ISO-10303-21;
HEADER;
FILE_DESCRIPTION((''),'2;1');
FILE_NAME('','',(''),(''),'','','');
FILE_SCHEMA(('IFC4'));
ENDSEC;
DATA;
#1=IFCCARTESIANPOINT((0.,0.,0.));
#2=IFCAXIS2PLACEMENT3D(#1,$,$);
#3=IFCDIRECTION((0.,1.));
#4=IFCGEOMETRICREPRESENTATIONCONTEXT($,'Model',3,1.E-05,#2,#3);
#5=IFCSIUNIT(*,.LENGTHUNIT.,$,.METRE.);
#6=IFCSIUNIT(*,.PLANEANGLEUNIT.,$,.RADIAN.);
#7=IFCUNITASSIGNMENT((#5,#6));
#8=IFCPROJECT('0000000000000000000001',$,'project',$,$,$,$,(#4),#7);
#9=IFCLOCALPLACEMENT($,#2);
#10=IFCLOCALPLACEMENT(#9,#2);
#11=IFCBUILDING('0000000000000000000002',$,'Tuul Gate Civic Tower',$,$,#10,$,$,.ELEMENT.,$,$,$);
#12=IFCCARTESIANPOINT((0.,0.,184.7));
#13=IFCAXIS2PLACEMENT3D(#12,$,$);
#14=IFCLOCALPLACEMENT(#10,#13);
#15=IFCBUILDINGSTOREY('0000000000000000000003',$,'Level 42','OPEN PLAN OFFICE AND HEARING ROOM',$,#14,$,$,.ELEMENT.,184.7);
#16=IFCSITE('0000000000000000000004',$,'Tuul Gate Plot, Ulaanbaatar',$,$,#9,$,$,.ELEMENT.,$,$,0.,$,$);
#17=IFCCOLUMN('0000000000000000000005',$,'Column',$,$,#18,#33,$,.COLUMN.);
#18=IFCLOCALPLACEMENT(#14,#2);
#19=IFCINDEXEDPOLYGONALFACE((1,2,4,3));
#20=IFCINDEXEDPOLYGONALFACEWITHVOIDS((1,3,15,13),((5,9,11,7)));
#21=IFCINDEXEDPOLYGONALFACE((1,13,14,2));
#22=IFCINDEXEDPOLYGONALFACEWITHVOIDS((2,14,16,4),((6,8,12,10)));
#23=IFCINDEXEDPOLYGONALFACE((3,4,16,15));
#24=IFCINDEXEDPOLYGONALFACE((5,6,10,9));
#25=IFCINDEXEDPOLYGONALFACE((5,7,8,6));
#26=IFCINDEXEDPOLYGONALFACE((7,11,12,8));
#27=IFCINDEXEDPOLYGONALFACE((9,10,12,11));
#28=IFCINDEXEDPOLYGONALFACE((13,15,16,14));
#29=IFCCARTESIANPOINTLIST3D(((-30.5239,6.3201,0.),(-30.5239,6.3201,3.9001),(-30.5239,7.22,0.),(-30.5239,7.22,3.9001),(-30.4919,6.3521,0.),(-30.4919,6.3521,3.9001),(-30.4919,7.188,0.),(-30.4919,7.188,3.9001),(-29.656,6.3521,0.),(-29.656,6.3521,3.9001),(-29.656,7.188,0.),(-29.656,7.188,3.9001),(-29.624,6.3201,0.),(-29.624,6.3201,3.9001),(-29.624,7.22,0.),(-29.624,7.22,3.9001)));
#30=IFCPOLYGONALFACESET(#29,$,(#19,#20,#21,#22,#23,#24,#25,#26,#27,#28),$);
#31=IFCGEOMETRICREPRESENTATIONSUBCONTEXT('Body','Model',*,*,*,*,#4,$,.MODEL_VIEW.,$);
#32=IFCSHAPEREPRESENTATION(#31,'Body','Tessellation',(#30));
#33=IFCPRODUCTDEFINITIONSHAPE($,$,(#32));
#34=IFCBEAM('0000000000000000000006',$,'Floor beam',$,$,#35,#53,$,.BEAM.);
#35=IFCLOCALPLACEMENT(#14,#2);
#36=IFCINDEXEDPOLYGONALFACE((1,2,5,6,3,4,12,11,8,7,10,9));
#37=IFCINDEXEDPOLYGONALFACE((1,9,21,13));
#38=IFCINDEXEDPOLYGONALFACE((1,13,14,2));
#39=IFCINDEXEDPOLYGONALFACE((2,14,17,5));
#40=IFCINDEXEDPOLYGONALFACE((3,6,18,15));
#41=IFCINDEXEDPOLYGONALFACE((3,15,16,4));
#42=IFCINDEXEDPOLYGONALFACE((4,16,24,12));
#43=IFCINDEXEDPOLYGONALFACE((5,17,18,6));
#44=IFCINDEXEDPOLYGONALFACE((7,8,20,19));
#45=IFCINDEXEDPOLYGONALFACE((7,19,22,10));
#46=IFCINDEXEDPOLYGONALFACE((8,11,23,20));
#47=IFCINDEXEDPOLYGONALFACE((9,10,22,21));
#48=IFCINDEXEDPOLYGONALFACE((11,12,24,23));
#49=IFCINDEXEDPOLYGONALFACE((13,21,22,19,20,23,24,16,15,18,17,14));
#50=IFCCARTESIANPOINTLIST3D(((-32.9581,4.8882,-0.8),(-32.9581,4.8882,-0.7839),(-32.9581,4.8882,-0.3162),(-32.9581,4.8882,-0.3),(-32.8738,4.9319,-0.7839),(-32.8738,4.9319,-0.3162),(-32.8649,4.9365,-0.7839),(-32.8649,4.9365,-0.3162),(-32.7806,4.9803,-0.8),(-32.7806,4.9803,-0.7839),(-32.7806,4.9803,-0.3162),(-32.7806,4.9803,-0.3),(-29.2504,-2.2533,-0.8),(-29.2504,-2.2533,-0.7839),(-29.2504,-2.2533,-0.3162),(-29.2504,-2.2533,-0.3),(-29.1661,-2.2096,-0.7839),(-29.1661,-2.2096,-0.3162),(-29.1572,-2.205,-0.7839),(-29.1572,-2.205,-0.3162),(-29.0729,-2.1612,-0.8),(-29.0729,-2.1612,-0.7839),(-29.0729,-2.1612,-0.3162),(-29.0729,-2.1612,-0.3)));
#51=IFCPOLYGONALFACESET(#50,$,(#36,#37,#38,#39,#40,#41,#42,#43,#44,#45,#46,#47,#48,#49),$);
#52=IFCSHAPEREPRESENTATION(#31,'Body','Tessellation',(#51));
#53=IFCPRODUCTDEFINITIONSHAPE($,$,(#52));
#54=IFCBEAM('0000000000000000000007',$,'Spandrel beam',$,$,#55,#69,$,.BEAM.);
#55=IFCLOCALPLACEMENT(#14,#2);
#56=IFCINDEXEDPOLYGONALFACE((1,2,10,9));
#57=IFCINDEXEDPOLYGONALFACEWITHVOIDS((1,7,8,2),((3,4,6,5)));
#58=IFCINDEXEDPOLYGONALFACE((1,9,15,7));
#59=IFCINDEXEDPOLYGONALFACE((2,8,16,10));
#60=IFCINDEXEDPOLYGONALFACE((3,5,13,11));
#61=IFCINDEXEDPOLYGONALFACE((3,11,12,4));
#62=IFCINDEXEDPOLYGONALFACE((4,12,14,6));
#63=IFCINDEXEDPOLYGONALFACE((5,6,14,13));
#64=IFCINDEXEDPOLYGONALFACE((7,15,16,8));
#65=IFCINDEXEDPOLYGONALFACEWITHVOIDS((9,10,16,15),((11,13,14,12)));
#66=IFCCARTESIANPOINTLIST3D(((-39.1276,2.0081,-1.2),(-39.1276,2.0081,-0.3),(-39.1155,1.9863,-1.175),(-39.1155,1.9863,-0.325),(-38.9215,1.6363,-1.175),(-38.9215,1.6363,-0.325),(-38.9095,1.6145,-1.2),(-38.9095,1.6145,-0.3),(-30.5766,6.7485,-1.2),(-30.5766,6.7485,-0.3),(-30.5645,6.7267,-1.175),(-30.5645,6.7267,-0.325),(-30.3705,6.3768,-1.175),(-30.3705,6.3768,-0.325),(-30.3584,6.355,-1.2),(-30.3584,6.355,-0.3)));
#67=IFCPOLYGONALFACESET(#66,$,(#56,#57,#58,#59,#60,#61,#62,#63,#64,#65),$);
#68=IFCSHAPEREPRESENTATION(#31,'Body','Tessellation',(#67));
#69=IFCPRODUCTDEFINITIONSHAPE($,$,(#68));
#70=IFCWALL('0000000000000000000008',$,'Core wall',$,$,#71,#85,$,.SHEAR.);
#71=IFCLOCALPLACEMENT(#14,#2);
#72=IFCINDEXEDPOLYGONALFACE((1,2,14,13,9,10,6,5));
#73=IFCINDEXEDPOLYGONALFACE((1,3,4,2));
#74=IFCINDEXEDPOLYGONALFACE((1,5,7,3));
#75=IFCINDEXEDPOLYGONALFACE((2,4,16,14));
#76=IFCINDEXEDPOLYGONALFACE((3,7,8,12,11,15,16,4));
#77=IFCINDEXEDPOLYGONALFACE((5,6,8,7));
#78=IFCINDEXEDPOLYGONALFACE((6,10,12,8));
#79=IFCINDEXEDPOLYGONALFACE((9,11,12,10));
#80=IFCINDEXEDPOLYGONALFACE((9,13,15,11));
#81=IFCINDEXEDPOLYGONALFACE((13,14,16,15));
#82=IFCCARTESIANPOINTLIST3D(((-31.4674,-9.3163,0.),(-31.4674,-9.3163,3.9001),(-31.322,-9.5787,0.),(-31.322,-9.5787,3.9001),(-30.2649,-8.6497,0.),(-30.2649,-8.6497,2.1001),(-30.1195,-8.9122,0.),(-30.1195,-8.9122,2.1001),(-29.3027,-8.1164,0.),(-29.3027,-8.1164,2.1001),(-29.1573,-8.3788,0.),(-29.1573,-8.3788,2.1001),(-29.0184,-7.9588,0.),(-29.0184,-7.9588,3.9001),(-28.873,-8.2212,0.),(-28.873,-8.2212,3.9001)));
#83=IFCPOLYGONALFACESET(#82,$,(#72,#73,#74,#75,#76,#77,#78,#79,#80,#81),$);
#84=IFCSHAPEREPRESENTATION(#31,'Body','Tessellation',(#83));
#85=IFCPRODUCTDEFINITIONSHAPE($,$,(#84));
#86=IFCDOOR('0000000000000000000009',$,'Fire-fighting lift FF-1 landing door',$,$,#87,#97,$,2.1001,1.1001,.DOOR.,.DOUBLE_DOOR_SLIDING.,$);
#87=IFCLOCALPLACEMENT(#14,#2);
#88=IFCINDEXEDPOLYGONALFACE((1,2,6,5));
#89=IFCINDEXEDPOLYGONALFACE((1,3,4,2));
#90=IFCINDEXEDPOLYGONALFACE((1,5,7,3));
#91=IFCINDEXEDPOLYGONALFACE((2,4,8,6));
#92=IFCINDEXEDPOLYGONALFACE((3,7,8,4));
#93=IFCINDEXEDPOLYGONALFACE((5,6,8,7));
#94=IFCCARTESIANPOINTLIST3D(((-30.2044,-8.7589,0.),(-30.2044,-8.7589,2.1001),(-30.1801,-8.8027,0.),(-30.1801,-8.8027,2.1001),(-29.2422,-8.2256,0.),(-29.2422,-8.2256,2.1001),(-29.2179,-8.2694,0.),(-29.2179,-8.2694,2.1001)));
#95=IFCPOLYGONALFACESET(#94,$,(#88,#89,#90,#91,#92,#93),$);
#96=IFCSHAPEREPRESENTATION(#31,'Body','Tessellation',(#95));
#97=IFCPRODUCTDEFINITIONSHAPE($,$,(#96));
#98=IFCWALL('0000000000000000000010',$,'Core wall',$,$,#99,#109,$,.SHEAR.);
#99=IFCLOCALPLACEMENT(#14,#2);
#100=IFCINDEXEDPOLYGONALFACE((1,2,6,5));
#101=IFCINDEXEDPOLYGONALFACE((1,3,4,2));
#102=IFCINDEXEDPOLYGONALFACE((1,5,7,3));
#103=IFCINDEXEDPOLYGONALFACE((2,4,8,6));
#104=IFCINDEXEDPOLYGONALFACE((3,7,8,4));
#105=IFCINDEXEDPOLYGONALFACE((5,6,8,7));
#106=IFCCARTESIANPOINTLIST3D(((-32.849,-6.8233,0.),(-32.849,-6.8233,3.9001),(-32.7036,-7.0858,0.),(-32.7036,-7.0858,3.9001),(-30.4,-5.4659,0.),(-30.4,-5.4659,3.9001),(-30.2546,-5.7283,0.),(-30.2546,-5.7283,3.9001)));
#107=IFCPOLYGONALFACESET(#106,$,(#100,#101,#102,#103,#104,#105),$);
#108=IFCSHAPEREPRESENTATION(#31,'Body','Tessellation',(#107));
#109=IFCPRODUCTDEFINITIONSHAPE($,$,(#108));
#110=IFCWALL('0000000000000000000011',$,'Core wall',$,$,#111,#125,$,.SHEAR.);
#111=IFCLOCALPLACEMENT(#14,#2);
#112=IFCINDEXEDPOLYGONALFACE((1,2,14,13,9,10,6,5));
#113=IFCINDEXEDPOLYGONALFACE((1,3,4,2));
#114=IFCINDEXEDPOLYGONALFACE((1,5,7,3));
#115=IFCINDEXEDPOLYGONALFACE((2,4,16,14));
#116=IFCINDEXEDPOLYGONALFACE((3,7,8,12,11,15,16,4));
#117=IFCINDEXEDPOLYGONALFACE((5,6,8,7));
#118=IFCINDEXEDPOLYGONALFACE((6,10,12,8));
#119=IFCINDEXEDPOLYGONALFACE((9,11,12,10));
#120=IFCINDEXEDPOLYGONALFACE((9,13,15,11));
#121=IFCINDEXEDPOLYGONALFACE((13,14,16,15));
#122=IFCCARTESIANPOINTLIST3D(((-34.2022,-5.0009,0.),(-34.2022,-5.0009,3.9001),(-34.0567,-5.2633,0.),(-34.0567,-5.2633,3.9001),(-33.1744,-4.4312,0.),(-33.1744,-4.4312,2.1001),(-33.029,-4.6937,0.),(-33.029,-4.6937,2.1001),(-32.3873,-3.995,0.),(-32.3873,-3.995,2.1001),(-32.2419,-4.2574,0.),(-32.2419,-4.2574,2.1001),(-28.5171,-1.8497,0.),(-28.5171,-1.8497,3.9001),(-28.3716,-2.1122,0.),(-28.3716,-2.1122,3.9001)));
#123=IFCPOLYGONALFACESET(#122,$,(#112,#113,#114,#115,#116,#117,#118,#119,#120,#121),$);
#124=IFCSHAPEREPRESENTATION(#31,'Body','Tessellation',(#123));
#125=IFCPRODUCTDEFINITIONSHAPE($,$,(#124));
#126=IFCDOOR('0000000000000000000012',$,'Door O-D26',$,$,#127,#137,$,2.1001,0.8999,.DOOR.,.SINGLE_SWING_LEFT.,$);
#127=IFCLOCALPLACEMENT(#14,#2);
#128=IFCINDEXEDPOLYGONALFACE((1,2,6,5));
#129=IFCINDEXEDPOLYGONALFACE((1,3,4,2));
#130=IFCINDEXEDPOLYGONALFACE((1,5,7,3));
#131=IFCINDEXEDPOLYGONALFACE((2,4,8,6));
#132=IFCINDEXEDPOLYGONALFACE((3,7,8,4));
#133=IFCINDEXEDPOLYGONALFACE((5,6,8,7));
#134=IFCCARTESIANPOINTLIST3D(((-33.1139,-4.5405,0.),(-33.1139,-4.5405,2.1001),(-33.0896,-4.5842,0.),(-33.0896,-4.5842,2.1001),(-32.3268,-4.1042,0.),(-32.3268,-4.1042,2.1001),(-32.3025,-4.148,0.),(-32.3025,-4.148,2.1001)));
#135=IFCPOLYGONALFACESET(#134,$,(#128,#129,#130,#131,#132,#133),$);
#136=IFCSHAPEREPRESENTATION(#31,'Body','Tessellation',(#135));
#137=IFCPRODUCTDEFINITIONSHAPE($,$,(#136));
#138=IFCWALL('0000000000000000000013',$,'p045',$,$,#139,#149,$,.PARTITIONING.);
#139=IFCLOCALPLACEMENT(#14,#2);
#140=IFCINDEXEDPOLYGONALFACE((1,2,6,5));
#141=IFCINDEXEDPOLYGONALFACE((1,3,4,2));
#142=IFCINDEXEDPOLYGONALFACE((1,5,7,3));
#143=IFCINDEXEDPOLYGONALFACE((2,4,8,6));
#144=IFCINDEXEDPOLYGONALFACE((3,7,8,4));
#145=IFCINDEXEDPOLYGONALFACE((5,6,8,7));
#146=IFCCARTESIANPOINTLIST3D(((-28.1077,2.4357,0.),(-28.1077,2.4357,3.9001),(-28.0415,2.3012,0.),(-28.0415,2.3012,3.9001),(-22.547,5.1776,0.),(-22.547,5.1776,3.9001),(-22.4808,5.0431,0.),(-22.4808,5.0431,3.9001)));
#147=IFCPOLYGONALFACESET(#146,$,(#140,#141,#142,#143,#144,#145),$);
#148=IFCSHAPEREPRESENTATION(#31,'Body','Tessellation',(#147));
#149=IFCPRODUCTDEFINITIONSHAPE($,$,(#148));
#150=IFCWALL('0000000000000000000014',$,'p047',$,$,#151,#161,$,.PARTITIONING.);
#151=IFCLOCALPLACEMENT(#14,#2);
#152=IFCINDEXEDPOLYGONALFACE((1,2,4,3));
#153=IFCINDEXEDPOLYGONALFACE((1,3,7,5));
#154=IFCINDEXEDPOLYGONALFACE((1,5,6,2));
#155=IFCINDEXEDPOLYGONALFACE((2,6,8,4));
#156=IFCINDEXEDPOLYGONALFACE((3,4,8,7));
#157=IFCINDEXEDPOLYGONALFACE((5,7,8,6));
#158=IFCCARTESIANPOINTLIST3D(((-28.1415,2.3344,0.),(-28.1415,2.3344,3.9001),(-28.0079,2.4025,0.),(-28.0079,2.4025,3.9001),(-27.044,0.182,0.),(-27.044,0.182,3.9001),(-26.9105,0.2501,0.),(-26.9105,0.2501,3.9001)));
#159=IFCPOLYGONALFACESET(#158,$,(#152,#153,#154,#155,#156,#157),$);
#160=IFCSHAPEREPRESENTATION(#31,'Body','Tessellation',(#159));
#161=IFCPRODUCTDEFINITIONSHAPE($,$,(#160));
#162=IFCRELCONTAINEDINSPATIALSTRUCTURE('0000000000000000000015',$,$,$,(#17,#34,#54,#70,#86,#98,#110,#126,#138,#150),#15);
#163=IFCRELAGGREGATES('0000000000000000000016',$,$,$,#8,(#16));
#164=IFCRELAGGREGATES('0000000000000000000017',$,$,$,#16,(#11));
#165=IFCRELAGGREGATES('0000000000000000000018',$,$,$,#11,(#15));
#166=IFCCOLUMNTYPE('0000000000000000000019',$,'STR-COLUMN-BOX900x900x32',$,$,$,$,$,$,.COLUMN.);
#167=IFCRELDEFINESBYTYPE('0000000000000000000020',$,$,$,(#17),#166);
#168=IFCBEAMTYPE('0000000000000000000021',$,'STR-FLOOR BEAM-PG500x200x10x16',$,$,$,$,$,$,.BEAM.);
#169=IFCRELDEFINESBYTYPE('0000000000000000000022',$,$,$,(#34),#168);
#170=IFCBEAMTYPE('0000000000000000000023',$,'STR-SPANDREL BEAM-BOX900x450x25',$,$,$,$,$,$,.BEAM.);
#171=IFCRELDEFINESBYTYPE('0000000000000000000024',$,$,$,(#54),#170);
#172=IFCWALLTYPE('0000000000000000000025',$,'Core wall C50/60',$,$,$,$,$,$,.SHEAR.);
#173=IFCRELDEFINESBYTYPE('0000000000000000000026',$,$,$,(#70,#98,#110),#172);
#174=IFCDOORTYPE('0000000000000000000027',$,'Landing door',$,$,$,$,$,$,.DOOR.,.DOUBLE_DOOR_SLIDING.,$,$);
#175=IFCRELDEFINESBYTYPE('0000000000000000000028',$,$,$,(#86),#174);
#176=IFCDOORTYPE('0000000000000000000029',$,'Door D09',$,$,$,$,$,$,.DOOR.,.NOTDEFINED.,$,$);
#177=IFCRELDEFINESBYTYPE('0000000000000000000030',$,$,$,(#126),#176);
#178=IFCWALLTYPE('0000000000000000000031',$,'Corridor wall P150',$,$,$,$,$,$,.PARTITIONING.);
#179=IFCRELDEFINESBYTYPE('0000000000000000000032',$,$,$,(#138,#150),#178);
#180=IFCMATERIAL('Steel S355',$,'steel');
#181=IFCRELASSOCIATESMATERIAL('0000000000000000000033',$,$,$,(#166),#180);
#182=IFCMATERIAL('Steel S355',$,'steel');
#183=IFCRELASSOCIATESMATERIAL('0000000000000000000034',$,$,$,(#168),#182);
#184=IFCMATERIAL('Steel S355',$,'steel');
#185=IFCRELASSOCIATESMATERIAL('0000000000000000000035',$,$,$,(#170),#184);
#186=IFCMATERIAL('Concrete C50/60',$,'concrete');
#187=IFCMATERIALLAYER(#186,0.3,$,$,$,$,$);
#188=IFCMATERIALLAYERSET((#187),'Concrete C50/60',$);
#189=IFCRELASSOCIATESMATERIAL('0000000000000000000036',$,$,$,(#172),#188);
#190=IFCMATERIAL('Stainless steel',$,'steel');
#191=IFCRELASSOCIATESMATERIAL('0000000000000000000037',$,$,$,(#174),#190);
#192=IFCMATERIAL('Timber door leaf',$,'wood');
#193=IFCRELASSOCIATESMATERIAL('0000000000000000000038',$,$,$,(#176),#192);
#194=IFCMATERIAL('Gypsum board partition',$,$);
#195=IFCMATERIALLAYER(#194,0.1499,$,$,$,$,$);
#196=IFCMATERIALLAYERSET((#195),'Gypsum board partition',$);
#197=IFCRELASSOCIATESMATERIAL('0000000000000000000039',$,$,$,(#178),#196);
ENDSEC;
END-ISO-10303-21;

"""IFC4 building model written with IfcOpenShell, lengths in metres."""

from ifc_helpers import new_model, si_unit, direction, frame, frame_2d, origin, origin_2d, place, context, subcontext, project, spatial, rectangle, hollow_rectangle, i_section, extrude, material, layer, layer_set, material_profile, profile_set, type_object, element, fill, save


model = new_model("IFC4")

# Units and contexts
model_context = context("Model", 3, precision=1e-05, world=origin(), true_north=direction((0.0, 1.0)))
body_context = subcontext(model_context, "Body", "Model", "MODEL_VIEW")
ifc_project = project(units=[si_unit("LENGTHUNIT", "METRE"), si_unit("PLANEANGLEUNIT", "RADIAN")], contexts=[model_context])

# Site, building, storey
site_placement = place(None, origin())
site = spatial("IfcSite", under=ifc_project, at=site_placement, Name="Tuul Gate Plot, Ulaanbaatar", CompositionType="ELEMENT", RefElevation=0.0)
building_placement = place(site_placement, origin())
building = spatial("IfcBuilding", under=site, at=building_placement, Name="Tuul Gate Civic Tower", CompositionType="ELEMENT")
storey_placement = place(building_placement, frame((0.0, 0.0, 184.7)))
storey = spatial("IfcBuildingStorey", under=building, at=storey_placement, Name="Level 42", Description="OPEN PLAN OFFICE AND HEARING ROOM", CompositionType="ELEMENT", Elevation=184.7)

# Column
ifc_material_1 = material(Name="Steel S355", Category="steel")
ifc_material_profile_1 = material_profile(ifc_material_1, hollow_rectangle(XDim=0.8999, YDim=0.8999, WallThickness=0.032, at=origin_2d()), Name="BOX900x900x32")
ifc_profile_set_1 = profile_set([ifc_material_profile_1], Name="Steel S355")
column_type = type_object("IfcColumnType", Name="STR-COLUMN-BOX900x900x32", PredefinedType="COLUMN", material=ifc_profile_set_1)
column_placement = place(storey_placement, frame((-30.074, 6.77, 0.0), z_axis=(0.0, 0.0, 1.0), x_axis=(1.0, 0.0, 0.0)))
element("IfcColumn", 1, at=column_placement, inside=storey, type_object=column_type, Name="Column", PredefinedType="COLUMN", context=body_context, shape_type="SweptSolid", body=[
    extrude(hollow_rectangle(XDim=0.8999, YDim=0.8999, WallThickness=0.032, at=origin_2d()), origin(), (0.0, 0.0, 1.0), 3.9001),
])

# Beams
ifc_material_2 = material(Name="Steel S355", Category="steel")
ifc_material_profile_2 = material_profile(ifc_material_2, i_section(OverallWidth=0.2, OverallDepth=0.5, WebThickness=0.01, FlangeThickness=0.0161, at=origin_2d()), Name="PG500x200x10x16")
ifc_profile_set_2 = profile_set([ifc_material_profile_2], Name="Steel S355")
beam_type_1 = type_object("IfcBeamType", Name="STR-FLOOR BEAM-PG500x200x10x16", PredefinedType="BEAM", material=ifc_profile_set_2)
beam_1_placement = place(storey_placement, frame((-29.1616, -2.2073, -0.55), z_axis=(-0.460779, 0.887515, 0.0), x_axis=(-0.887515, -0.460779, 0.0)))
element("IfcBeam", 2, at=beam_1_placement, inside=storey, type_object=beam_type_1, Name="Floor beam", PredefinedType="BEAM", context=body_context, shape_type="SweptSolid", body=[
    extrude(i_section(OverallWidth=0.2, OverallDepth=0.5, WebThickness=0.01, FlangeThickness=0.0161, at=origin_2d()), origin(), (0.0, 0.0, 1.0), 8.0466),
])
ifc_material_3 = material(Name="Steel S355", Category="steel")
ifc_material_profile_3 = material_profile(ifc_material_3, hollow_rectangle(XDim=0.45, YDim=0.8999, WallThickness=0.0249, at=origin_2d()), Name="BOX900x450x25")
ifc_profile_set_3 = profile_set([ifc_material_profile_3], Name="Steel S355")
beam_type_2 = type_object("IfcBeamType", Name="STR-SPANDREL BEAM-BOX900x450x25", PredefinedType="BEAM", material=ifc_profile_set_3)
beam_2_placement = place(storey_placement, frame((-30.4675, 6.5518, -0.75), z_axis=(-0.874595, -0.484854, 0.0), x_axis=(0.484854, -0.874595, 0.0)))
element("IfcBeam", 3, at=beam_2_placement, inside=storey, type_object=beam_type_2, Name="Spandrel beam", PredefinedType="BEAM", context=body_context, shape_type="SweptSolid", body=[
    extrude(hollow_rectangle(XDim=0.45, YDim=0.8999, WallThickness=0.0249, at=origin_2d()), origin(), (0.0, 0.0, 1.0), 9.7771),
])

# Wall, opening, door
ifc_material_4 = material(Name="Concrete C50/60", Category="concrete")
ifc_layer_1 = layer(ifc_material_4, 0.3)
ifc_layer_set_1 = layer_set([ifc_layer_1], Name="Concrete C50/60")
wall_type_1 = type_object("IfcWallType", Name="Core wall C50/60", PredefinedType="SHEAR", material=ifc_layer_set_1)
wall_1_placement = place(storey_placement, frame((-28.9458, -8.0901, 0.0), z_axis=(0.0, 0.0, 1.0), x_axis=(-0.87463, -0.484791, 0.0)))
wall_1 = element("IfcWall", 4, at=wall_1_placement, inside=storey, type_object=wall_type_1, Name="Core wall", PredefinedType="SHEAR", context=body_context, shape_type="SweptSolid", body=[
    extrude(rectangle(XDim=2.8, YDim=0.3, at=frame_2d((1.3999, 0.0))), origin(), (0.0, 0.0, 1.0), 3.9001),
])
opening_1_placement = place(wall_1_placement, frame((0.325, 0.0, 0.0)))
opening_1 = element("IfcOpeningElement", 5, at=opening_1_placement, cuts=wall_1, PredefinedType="OPENING", context=body_context, shape_type="SweptSolid", body=[
    extrude(rectangle(XDim=1.1001, YDim=2.1001, at=frame_2d((0.55, 1.05))), frame((0.0, 0.1602, 0.0), z_axis=(0.0, -1.0, 0.0), x_axis=(1.0, 0.0, 0.0)), (0.0, 0.0, 1.0), 0.3201),
])
ifc_material_5 = material(Name="Stainless steel", Category="steel")
door_type_1 = type_object("IfcDoorType", Name="Landing door", OperationType="DOUBLE_DOOR_SLIDING", PredefinedType="DOOR", material=ifc_material_5)
door_1_placement = place(opening_1_placement, origin())
door_1 = element("IfcDoor", 6, at=door_1_placement, inside=storey, type_object=door_type_1, Name="Fire-fighting lift FF-1 landing door", OperationType="DOUBLE_DOOR_SLIDING", OverallHeight=2.1001, OverallWidth=1.1001, PredefinedType="DOOR", context=body_context, shape_type="SweptSolid", body=[
    extrude(rectangle(XDim=1.1001, YDim=2.1001, at=frame_2d((0.55, 1.05))), frame((0.0, 0.0249, 0.0), z_axis=(0.0, -1.0, 0.0), x_axis=(1.0, 0.0, 0.0)), (0.0, 0.0, 1.0), 0.05),
])
fill(opening_1, door_1)

# Wall
wall_2_placement = place(storey_placement, frame((-30.3274, -5.5972, 0.0), z_axis=(0.0, 0.0, 1.0), x_axis=(-0.87463, -0.484791, 0.0)))
element("IfcWall", 7, at=wall_2_placement, inside=storey, type_object=wall_type_1, Name="Core wall", PredefinedType="SHEAR", context=body_context, shape_type="SweptSolid", body=[
    extrude(rectangle(XDim=2.8, YDim=0.3, at=frame_2d((1.3999, 0.0))), origin(), (0.0, 0.0, 1.0), 3.9001),
])

# Wall, opening, door
wall_3_placement = place(storey_placement, frame((-28.4443, -1.981, 0.0), z_axis=(0.0, 0.0, 1.0), x_axis=(-0.87463, -0.484791, 0.0)))
wall_3 = element("IfcWall", 8, at=wall_3_placement, inside=storey, type_object=wall_type_1, Name="Core wall", PredefinedType="SHEAR", context=body_context, shape_type="SweptSolid", body=[
    extrude(rectangle(XDim=6.5, YDim=0.3, at=frame_2d((3.25, 0.0))), origin(), (0.0, 0.0, 1.0), 3.9001),
])
opening_2_placement = place(wall_3_placement, frame((4.425, 0.0, 0.0)))
opening_2 = element("IfcOpeningElement", 9, at=opening_2_placement, cuts=wall_3, PredefinedType="OPENING", context=body_context, shape_type="SweptSolid", body=[
    extrude(rectangle(XDim=0.8999, YDim=2.1001, at=frame_2d((0.45, 1.05))), frame((0.0, 0.1602, 0.0), z_axis=(0.0, -1.0, 0.0), x_axis=(1.0, 0.0, 0.0)), (0.0, 0.0, 1.0), 0.3201),
])
ifc_material_6 = material(Name="Timber door leaf", Category="wood")
door_type_2 = type_object("IfcDoorType", Name="Door D09", OperationType="NOTDEFINED", PredefinedType="DOOR", material=ifc_material_6)
door_2_placement = place(opening_2_placement, origin())
door_2 = element("IfcDoor", 10, at=door_2_placement, inside=storey, type_object=door_type_2, Name="Door O-D26", OperationType="SINGLE_SWING_LEFT", OverallHeight=2.1001, OverallWidth=0.8999, PredefinedType="DOOR", context=body_context, shape_type="SweptSolid", body=[
    extrude(rectangle(XDim=0.8999, YDim=2.1001, at=frame_2d((0.45, 1.05))), frame((0.0, 0.0249, 0.0), z_axis=(0.0, -1.0, 0.0), x_axis=(1.0, 0.0, 0.0)), (0.0, 0.0, 1.0), 0.05),
])
fill(opening_2, door_2)

# Walls
ifc_material_7 = material(Name="Gypsum board partition")
ifc_layer_2 = layer(ifc_material_7, 0.1499)
ifc_layer_set_2 = layer_set([ifc_layer_2], Name="Gypsum board partition")
wall_type_2 = type_object("IfcWallType", Name="Corridor wall P150", PredefinedType="PARTITIONING", material=ifc_layer_set_2)
wall_4_placement = place(storey_placement, frame((-28.0747, 2.3684, 0.0), z_axis=(0.0, 0.0, 1.0), x_axis=(0.896894, 0.442245, 0.0)))
element("IfcWall", 11, at=wall_4_placement, inside=storey, type_object=wall_type_2, Name="p045", PredefinedType="PARTITIONING", context=body_context, shape_type="SweptSolid", body=[
    extrude(rectangle(XDim=6.2, YDim=0.1499, at=frame_2d((3.1001, 0.0))), origin(), (0.0, 0.0, 1.0), 3.9001),
])
wall_5_placement = place(storey_placement, frame((-28.0747, 2.3684, 0.0), z_axis=(0.0, 0.0, 1.0), x_axis=(0.454233, -0.890883, 0.0)))
element("IfcWall", 12, at=wall_5_placement, inside=storey, type_object=wall_type_2, Name="p047", PredefinedType="PARTITIONING", context=body_context, shape_type="SweptSolid", body=[
    extrude(rectangle(XDim=2.416, YDim=0.1499, at=frame_2d((1.208, 0.0))), origin(), (0.0, 0.0, 1.0), 3.9001),
])

save(model, "model.ifc")
